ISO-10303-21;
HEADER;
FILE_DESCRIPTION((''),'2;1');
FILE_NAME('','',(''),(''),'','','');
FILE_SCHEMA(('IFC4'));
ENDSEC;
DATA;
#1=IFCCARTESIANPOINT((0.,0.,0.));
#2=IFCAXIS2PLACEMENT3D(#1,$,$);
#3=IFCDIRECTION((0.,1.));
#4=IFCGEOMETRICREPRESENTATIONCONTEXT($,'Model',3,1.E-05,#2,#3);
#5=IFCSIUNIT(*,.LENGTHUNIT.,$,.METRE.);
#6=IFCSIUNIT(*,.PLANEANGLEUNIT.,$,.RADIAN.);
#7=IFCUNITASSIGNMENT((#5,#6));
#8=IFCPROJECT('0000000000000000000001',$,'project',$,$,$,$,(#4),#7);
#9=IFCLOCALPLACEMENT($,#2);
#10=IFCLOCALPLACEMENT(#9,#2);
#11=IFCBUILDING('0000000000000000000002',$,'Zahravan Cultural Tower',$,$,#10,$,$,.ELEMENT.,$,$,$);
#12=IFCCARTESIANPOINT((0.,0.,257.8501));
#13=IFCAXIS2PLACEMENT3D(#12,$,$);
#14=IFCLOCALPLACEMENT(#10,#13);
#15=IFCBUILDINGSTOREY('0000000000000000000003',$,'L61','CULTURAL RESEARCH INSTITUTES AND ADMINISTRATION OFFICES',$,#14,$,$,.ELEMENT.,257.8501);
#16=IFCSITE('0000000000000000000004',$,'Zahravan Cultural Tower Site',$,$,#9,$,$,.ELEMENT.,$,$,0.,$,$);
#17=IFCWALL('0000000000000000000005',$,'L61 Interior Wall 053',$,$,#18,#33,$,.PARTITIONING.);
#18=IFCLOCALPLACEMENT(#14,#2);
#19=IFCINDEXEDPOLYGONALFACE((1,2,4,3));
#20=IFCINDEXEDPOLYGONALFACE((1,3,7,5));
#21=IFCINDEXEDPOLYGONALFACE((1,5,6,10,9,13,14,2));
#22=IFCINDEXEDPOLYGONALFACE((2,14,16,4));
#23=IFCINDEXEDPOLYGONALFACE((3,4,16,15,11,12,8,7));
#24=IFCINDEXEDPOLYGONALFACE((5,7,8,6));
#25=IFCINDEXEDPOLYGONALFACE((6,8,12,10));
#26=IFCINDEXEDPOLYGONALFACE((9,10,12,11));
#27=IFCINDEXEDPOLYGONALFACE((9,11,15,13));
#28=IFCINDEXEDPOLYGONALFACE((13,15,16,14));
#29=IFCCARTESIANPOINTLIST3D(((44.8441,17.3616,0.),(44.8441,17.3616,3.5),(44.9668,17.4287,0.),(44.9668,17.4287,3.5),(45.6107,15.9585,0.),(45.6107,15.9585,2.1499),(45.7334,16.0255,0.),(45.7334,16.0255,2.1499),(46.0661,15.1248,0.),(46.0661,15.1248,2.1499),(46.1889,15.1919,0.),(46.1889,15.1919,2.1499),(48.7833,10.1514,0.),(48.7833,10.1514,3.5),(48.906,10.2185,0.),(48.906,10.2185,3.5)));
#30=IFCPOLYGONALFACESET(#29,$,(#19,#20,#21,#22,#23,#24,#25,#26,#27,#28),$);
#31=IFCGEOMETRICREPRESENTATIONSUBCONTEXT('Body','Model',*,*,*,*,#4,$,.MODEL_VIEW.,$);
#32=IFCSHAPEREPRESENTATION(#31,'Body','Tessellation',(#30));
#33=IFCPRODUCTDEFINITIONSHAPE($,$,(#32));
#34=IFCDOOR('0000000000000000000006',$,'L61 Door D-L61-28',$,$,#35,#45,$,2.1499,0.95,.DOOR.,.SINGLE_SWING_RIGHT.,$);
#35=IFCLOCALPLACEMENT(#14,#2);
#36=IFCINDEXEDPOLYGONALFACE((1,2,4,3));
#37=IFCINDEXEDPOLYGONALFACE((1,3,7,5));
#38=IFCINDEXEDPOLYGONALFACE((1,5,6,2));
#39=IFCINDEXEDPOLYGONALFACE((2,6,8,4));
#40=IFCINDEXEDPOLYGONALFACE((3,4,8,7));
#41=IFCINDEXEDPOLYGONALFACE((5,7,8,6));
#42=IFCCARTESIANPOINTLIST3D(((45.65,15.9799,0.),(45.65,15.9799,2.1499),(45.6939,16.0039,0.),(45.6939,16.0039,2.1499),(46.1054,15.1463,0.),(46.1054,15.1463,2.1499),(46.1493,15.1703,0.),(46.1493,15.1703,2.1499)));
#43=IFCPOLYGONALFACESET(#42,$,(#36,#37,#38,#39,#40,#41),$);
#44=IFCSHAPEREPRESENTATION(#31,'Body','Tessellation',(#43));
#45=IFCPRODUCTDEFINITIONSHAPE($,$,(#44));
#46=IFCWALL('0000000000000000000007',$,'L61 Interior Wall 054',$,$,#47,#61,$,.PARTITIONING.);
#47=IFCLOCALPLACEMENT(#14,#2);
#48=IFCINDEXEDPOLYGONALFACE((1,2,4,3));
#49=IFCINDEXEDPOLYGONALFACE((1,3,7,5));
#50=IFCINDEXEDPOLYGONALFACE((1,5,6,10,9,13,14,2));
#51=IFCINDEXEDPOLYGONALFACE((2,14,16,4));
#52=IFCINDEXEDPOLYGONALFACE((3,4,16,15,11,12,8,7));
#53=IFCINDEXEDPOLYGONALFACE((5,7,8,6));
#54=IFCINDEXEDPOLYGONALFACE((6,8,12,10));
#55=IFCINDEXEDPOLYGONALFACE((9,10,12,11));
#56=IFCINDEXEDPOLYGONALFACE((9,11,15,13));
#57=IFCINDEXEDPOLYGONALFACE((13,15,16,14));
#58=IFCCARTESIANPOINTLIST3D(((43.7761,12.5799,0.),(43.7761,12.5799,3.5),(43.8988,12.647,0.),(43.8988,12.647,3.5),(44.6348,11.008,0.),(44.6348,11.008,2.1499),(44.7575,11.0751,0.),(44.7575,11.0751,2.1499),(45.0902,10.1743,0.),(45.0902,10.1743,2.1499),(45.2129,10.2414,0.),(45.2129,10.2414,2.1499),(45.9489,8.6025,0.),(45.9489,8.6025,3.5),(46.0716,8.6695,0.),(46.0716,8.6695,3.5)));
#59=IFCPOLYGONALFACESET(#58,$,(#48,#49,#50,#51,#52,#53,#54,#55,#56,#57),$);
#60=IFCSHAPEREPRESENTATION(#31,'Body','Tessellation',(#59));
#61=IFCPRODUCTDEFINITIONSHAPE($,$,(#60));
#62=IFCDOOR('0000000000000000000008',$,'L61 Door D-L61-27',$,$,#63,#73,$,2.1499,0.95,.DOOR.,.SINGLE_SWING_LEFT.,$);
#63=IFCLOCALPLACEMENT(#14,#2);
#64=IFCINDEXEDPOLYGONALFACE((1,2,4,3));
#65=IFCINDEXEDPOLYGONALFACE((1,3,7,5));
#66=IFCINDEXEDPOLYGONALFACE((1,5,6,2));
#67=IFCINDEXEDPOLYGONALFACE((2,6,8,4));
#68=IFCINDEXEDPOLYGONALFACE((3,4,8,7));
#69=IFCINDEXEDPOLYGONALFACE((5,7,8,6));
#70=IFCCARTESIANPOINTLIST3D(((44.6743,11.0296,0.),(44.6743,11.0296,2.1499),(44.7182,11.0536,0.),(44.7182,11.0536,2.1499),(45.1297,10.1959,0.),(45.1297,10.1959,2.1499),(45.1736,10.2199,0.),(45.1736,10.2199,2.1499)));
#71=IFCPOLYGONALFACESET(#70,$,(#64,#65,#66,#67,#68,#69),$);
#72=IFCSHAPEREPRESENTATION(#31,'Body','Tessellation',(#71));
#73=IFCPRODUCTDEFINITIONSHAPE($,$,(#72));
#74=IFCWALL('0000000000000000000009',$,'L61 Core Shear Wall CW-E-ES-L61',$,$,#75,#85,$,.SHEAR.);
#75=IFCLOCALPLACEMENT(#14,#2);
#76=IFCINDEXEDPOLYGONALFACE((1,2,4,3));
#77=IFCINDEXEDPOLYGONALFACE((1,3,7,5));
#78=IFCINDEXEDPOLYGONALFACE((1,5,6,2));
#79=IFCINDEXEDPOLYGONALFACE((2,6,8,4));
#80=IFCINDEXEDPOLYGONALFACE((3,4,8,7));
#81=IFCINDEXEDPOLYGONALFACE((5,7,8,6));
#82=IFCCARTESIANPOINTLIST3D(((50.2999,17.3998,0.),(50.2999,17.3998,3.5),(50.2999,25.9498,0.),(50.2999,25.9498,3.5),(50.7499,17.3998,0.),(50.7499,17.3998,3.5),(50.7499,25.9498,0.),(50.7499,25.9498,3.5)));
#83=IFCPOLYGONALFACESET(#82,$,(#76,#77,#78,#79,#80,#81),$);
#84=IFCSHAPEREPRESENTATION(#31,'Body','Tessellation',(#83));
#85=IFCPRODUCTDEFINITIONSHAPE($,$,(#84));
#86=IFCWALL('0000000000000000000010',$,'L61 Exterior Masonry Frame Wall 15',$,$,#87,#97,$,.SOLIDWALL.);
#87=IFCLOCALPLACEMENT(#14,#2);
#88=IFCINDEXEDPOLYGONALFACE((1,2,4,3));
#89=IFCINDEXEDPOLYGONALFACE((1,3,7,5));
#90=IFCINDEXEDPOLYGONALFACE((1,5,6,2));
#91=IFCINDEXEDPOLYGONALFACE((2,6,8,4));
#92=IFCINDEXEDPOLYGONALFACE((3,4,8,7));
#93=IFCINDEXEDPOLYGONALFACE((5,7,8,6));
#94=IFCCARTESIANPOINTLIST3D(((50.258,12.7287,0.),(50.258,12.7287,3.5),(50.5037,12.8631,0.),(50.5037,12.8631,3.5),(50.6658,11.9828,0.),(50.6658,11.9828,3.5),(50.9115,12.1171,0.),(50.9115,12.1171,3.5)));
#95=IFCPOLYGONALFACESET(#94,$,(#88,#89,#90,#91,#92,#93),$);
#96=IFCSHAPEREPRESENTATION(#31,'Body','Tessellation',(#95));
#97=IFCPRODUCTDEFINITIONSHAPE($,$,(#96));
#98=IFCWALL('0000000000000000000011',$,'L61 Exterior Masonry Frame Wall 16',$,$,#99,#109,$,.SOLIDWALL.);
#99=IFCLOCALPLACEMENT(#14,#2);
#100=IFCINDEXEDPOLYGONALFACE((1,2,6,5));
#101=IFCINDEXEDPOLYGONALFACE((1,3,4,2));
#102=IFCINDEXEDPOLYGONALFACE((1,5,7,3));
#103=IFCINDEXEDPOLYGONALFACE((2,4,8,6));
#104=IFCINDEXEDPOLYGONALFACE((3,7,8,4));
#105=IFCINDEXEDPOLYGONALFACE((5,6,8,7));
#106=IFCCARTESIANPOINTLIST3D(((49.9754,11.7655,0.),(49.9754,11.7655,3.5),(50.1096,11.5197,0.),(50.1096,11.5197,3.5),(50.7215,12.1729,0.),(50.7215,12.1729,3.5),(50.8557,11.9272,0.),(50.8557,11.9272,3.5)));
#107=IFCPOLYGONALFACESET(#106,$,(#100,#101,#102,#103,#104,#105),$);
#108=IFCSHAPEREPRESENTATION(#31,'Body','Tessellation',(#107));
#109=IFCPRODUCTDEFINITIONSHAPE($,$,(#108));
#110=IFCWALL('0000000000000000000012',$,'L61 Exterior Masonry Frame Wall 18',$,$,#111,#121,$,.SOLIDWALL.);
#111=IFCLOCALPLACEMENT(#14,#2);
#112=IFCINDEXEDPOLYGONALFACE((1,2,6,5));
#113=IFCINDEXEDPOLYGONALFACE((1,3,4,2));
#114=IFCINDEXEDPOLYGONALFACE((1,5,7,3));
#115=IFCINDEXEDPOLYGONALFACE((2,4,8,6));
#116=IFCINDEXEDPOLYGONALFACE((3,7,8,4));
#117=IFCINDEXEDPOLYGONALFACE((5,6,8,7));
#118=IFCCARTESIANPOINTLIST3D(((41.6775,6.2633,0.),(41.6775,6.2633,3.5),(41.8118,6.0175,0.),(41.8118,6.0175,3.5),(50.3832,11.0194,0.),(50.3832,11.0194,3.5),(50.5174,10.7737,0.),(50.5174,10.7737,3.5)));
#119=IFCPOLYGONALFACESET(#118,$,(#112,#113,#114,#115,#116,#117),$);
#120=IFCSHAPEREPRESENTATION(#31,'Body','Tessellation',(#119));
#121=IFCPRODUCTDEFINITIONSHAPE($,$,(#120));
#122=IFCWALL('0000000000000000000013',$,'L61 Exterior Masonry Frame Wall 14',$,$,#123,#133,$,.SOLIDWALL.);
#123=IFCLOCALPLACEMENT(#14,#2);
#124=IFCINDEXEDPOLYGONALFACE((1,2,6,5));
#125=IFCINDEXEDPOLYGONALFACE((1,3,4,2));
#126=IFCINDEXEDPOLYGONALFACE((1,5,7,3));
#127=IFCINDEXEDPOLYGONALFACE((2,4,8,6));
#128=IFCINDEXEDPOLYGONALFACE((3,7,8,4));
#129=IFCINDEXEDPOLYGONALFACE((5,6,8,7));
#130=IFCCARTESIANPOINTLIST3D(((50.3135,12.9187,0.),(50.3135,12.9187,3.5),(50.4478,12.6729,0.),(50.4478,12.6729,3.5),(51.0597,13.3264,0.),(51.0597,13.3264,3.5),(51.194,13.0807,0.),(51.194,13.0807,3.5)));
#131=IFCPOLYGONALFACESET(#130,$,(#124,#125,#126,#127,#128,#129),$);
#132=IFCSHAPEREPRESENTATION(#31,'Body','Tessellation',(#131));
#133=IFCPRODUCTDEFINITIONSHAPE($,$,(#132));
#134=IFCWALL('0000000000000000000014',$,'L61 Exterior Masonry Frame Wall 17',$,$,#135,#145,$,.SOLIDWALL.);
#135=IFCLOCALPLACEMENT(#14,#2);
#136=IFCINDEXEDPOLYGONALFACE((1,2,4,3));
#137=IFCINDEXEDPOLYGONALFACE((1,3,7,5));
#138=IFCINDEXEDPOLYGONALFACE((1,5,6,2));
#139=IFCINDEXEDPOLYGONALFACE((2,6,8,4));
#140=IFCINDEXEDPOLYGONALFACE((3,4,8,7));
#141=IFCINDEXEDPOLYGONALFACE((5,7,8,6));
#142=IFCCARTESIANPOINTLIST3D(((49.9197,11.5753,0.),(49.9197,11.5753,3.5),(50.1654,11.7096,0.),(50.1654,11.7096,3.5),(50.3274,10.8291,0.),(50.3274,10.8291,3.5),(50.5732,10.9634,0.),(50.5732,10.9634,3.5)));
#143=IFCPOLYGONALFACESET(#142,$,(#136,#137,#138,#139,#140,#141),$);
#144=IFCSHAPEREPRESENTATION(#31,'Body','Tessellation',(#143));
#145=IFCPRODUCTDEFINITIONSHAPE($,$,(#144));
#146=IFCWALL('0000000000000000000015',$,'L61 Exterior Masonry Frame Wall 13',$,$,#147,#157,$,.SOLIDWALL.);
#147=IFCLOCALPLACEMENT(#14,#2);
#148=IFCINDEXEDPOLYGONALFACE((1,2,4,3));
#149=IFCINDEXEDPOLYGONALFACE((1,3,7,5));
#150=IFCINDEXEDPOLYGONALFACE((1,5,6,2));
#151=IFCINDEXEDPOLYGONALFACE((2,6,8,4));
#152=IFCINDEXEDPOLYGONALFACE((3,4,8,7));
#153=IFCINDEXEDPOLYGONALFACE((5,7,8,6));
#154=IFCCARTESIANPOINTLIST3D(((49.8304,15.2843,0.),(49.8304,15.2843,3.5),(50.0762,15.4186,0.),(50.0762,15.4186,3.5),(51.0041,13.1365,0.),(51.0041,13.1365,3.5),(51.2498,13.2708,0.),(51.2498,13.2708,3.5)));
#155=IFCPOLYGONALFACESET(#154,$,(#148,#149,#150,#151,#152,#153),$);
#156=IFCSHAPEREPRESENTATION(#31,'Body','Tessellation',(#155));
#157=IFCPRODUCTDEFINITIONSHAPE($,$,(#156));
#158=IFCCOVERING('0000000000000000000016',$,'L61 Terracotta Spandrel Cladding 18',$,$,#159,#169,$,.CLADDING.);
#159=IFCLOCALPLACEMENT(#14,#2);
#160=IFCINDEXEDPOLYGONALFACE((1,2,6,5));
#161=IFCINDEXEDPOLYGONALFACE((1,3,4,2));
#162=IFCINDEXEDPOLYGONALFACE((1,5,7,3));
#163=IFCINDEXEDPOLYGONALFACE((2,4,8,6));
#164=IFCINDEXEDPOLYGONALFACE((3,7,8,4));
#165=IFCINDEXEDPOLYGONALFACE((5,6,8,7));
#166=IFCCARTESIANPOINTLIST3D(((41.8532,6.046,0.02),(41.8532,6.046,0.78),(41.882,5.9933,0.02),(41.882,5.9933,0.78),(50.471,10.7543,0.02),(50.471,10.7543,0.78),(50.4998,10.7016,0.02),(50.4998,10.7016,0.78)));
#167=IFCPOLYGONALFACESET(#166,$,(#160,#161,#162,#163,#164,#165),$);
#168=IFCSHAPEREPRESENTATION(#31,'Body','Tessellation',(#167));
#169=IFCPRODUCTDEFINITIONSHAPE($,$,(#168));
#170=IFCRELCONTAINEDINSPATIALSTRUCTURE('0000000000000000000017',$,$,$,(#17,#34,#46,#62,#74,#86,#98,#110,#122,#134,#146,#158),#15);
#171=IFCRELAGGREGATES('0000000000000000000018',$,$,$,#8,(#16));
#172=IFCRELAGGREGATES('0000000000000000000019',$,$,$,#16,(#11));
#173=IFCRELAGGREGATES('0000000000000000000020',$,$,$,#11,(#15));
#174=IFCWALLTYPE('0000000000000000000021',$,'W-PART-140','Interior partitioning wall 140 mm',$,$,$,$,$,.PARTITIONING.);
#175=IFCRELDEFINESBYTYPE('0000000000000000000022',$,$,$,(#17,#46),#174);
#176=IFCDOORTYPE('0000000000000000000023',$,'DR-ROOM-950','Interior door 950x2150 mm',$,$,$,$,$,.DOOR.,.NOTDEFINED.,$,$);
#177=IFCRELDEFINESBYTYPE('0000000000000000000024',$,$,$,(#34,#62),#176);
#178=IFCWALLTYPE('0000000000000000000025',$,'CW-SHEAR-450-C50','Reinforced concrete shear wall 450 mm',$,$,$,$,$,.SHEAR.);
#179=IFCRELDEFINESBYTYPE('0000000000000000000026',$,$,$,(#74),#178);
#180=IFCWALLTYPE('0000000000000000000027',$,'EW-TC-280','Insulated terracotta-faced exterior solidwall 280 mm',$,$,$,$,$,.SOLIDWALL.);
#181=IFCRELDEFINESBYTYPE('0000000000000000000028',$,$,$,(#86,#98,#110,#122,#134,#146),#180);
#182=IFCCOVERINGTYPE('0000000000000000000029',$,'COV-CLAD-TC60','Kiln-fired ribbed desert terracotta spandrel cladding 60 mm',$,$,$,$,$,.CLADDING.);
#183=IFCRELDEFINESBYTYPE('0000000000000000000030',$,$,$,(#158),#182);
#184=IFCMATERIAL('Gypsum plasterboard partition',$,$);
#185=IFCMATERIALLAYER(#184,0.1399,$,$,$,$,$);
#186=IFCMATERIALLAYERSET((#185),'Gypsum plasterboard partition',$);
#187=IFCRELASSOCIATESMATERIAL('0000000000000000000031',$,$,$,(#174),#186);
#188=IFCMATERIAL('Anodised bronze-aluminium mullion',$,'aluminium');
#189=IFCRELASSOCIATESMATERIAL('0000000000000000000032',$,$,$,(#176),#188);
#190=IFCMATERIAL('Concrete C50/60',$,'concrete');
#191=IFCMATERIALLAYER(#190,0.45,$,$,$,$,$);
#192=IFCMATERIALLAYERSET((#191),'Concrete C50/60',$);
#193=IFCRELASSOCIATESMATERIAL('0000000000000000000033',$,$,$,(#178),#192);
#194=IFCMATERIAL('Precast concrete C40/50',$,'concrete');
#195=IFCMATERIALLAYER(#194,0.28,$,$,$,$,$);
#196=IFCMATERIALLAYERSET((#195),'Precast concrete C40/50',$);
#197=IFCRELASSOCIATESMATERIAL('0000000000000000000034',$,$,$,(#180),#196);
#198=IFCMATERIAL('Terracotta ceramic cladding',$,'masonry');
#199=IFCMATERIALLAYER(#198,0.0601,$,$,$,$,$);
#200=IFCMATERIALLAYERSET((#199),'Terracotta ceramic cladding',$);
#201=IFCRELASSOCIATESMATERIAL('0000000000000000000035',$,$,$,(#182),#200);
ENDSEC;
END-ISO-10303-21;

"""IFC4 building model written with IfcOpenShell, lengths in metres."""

from ifc_helpers import new_model, si_unit, direction, frame, frame_2d, origin, origin_2d, place, context, subcontext, project, spatial, rectangle, extrude, source, transform, mapped, material, layer, layer_set, type_object, element, fill, save


model = new_model("IFC4")

# Units and contexts
model_context = context("Model", 3, precision=1e-05, world=origin(), true_north=direction((0.0, 1.0)))
body_context = subcontext(model_context, "Body", "Model", "MODEL_VIEW")
ifc_project = project(units=[si_unit("LENGTHUNIT", "METRE"), si_unit("PLANEANGLEUNIT", "RADIAN")], contexts=[model_context])

# Site, building, storey
site_placement = place(None, origin())
site = spatial("IfcSite", under=ifc_project, at=site_placement, Name="Zahravan Cultural Tower Site", CompositionType="ELEMENT", RefElevation=0.0)
building_placement = place(site_placement, origin())
building = spatial("IfcBuilding", under=site, at=building_placement, Name="Zahravan Cultural Tower", CompositionType="ELEMENT")
storey_placement = place(building_placement, frame((0.0, 0.0, 257.8501)))
storey = spatial("IfcBuildingStorey", under=building, at=storey_placement, Name="L61", Description="CULTURAL RESEARCH INSTITUTES AND ADMINISTRATION OFFICES", CompositionType="ELEMENT", Elevation=257.8501)

# Walls, openings, doors
ifc_material_1 = material(Name="Gypsum plasterboard partition")
ifc_layer_1 = layer(ifc_material_1, 0.1399)
ifc_layer_set_1 = layer_set([ifc_layer_1], Name="Gypsum plasterboard partition")
wall_type_1 = type_object("IfcWallType", Name="W-PART-140", Description="Interior partitioning wall 140 mm", PredefinedType="PARTITIONING", material=ifc_layer_set_1)
wall_1_placement = place(storey_placement, frame((44.9055, 17.395, 0.0), z_axis=(0.0, 0.0, 1.0), x_axis=(0.47945, -0.877569, 0.0)))
wall_1 = element("IfcWall", 1, at=wall_1_placement, inside=storey, type_object=wall_type_1, Name="L61 Interior Wall 053", PredefinedType="PARTITIONING", context=body_context, shape_type="SweptSolid", body=[
    extrude(rectangle(XDim=8.2161, YDim=0.1399, at=frame_2d((4.1079, 0.0))), origin(), (0.0, 0.0, 1.0), 3.5),
])
opening_1_placement = place(wall_1_placement, frame((1.5986, 0.0, 0.0)))
opening_1 = element("IfcOpeningElement", 2, at=opening_1_placement, cuts=wall_1, PredefinedType="OPENING", context=body_context, shape_type="SweptSolid", body=[
    extrude(rectangle(XDim=0.95, YDim=2.1499, at=frame_2d((0.4751, 1.075))), frame((0.0, 0.0798, 0.0), z_axis=(0.0, -1.0, 0.0), x_axis=(1.0, 0.0, 0.0)), (0.0, 0.0, 1.0), 0.1599),
])
ifc_material_2 = material(Name="Anodised bronze-aluminium mullion", Category="aluminium")
door_type = type_object("IfcDoorType", Name="DR-ROOM-950", Description="Interior door 950x2150 mm", OperationType="NOTDEFINED", PredefinedType="DOOR", material=ifc_material_2)
shared_shape_1 = source(origin(), body_context, "Body", "SweptSolid", [
    extrude(rectangle(XDim=0.95, YDim=2.1499, at=frame_2d((0.4751, 1.075))), frame((0.0, 0.0249, 0.0), z_axis=(0.0, -1.0, 0.0), x_axis=(1.0, 0.0, 0.0)), (0.0, 0.0, 1.0), 0.05),
])
door_1_placement = place(opening_1_placement, origin())
door_1 = element("IfcDoor", 3, at=door_1_placement, inside=storey, type_object=door_type, Name="L61 Door D-L61-28", OperationType="SINGLE_SWING_RIGHT", OverallHeight=2.1499, OverallWidth=0.95, PredefinedType="DOOR", context=body_context, shape_type="MappedRepresentation", body=[
    mapped(shared_shape_1, transform((0.0, 0.0, 0.0), x_axis=(1.0, 0.0, 0.0), y_axis=(0.0, 1.0, 0.0), z_axis=(0.0, 0.0, 1.0), scale=1.0)),
])
fill(opening_1, door_1)
wall_2_placement = place(storey_placement, frame((46.0103, 8.636, 0.0), z_axis=(0.0, 0.0, 1.0), x_axis=(-0.479411, 0.877591, 0.0)))
wall_2 = element("IfcWall", 4, at=wall_2_placement, inside=storey, type_object=wall_type_1, Name="L61 Interior Wall 054", PredefinedType="PARTITIONING", context=body_context, shape_type="SweptSolid", body=[
    extrude(rectangle(XDim=4.5322, YDim=0.1399, at=frame_2d((2.2661, 0.0))), origin(), (0.0, 0.0, 1.0), 3.5),
])
opening_2_placement = place(wall_2_placement, frame((1.791, 0.0, 0.0)))
opening_2 = element("IfcOpeningElement", 5, at=opening_2_placement, cuts=wall_2, PredefinedType="OPENING", context=body_context, shape_type="SweptSolid", body=[
    extrude(rectangle(XDim=0.95, YDim=2.1499, at=frame_2d((0.4751, 1.075))), frame((0.0, 0.0798, 0.0), z_axis=(0.0, -1.0, 0.0), x_axis=(1.0, 0.0, 0.0)), (0.0, 0.0, 1.0), 0.1599),
])
door_2_placement = place(opening_2_placement, origin())
door_2 = element("IfcDoor", 6, at=door_2_placement, inside=storey, type_object=door_type, Name="L61 Door D-L61-27", OperationType="SINGLE_SWING_LEFT", OverallHeight=2.1499, OverallWidth=0.95, PredefinedType="DOOR", context=body_context, shape_type="MappedRepresentation", body=[
    mapped(shared_shape_1, transform((0.0, 0.0, 0.0), x_axis=(1.0, 0.0, 0.0), y_axis=(0.0, 1.0, 0.0), z_axis=(0.0, 0.0, 1.0), scale=1.0)),
])
fill(opening_2, door_2)

# Walls
ifc_material_3 = material(Name="Concrete C50/60", Category="concrete")
ifc_layer_2 = layer(ifc_material_3, 0.45)
ifc_layer_set_2 = layer_set([ifc_layer_2], Name="Concrete C50/60")
wall_type_2 = type_object("IfcWallType", Name="CW-SHEAR-450-C50", Description="Reinforced concrete shear wall 450 mm", PredefinedType="SHEAR", material=ifc_layer_set_2)
shared_shape_2 = source(origin(), body_context, "Body", "SweptSolid", [
    extrude(rectangle(XDim=8.55, YDim=0.45, at=frame_2d((4.2749, 0.0))), origin(), (0.0, 0.0, 1.0), 3.5),
])
wall_3_placement = place(storey_placement, frame((50.5249, 17.3999, 0.0), z_axis=(0.0, 0.0, 1.0), x_axis=(0.0, 1.0, 0.0)))
element("IfcWall", 7, at=wall_3_placement, inside=storey, type_object=wall_type_2, Name="L61 Core Shear Wall CW-E-ES-L61", PredefinedType="SHEAR", context=body_context, shape_type="MappedRepresentation", body=[
    mapped(shared_shape_2, transform((0.0, 0.0, 0.0), x_axis=(1.0, 0.0, 0.0), y_axis=(0.0, 1.0, 0.0), z_axis=(0.0, 0.0, 1.0), scale=1.0)),
])
ifc_material_4 = material(Name="Precast concrete C40/50", Category="concrete")
ifc_layer_3 = layer(ifc_material_4, 0.28)
ifc_layer_set_3 = layer_set([ifc_layer_3], Name="Precast concrete C40/50")
wall_type_3 = type_object("IfcWallType", Name="EW-TC-280", Description="Insulated terracotta-faced exterior solidwall 280 mm", PredefinedType="SOLIDWALL", material=ifc_layer_set_3)
shared_shape_3 = source(origin(), body_context, "Body", "SweptSolid", [
    extrude(rectangle(XDim=0.8501, YDim=0.28, at=frame_2d((0.425, 0.0))), origin(), (0.0, 0.0, 1.0), 3.5),
])
for number, where, z_axis, x_axis, name in (
    (8, (50.3809, 12.7959, 0.0), (0.0, 0.0, 1.0), (0.479657, -0.877456, 0.0), "L61 Exterior Masonry Frame Wall 15"),
    (9, (50.7886, 12.05, 0.0), (0.0, 0.0, 1.0), (-0.877643, -0.479315, 0.0), "L61 Exterior Masonry Frame Wall 16"),
):
    element("IfcWall", number, at=place(storey_placement, frame(where, z_axis=z_axis, x_axis=x_axis)), inside=storey, type_object=wall_type_3, Name=name, PredefinedType="SOLIDWALL", context=body_context, shape_type="MappedRepresentation", body=[
        mapped(shared_shape_3, transform((0.0, 0.0, 0.0), x_axis=(1.0, 0.0, 0.0), y_axis=(0.0, 1.0, 0.0), z_axis=(0.0, 0.0, 1.0), scale=1.0)),
    ])
shared_shape_4 = source(origin(), body_context, "Body", "SweptSolid", [
    extrude(rectangle(XDim=9.9202, YDim=0.28, at=frame_2d((4.96, 0.0))), origin(), (0.0, 0.0, 1.0), 3.5),
])
wall_4_placement = place(storey_placement, frame((50.4502, 10.8965, 0.0), z_axis=(0.0, 0.0, 1.0), x_axis=(-0.877573, -0.479443, 0.0)))
element("IfcWall", 10, at=wall_4_placement, inside=storey, type_object=wall_type_3, Name="L61 Exterior Masonry Frame Wall 18", PredefinedType="SOLIDWALL", context=body_context, shape_type="MappedRepresentation", body=[
    mapped(shared_shape_4, transform((0.0, 0.0, 0.0), x_axis=(1.0, 0.0, 0.0), y_axis=(0.0, 1.0, 0.0), z_axis=(0.0, 0.0, 1.0), scale=1.0)),
])
shared_shape_5 = source(origin(), body_context, "Body", "SweptSolid", [
    extrude(rectangle(XDim=0.8503, YDim=0.28, at=frame_2d((0.4253, 0.0))), origin(), (0.0, 0.0, 1.0), 3.5),
])
for number, where, z_axis, x_axis, name in (
    (11, (51.127, 13.2036, 0.0), (0.0, 0.0, 1.0), (-0.877522, -0.479536, 0.0), "L61 Exterior Masonry Frame Wall 14"),
    (12, (50.0425, 11.6426, 0.0), (0.0, 0.0, 1.0), (0.479536, -0.877522, 0.0), "L61 Exterior Masonry Frame Wall 17"),
):
    element("IfcWall", number, at=place(storey_placement, frame(where, z_axis=z_axis, x_axis=x_axis)), inside=storey, type_object=wall_type_3, Name=name, PredefinedType="SOLIDWALL", context=body_context, shape_type="MappedRepresentation", body=[
        mapped(shared_shape_5, transform((0.0, 0.0, 0.0), x_axis=(1.0, 0.0, 0.0), y_axis=(0.0, 1.0, 0.0), z_axis=(0.0, 0.0, 1.0), scale=1.0)),
    ])
shared_shape_6 = source(origin(), body_context, "Body", "SweptSolid", [
    extrude(rectangle(XDim=2.4475, YDim=0.28, at=frame_2d((1.2236, 0.0))), origin(), (0.0, 0.0, 1.0), 3.5),
])
wall_5_placement = place(storey_placement, frame((49.9534, 15.3513, 0.0), z_axis=(0.0, 0.0, 1.0), x_axis=(0.479516, -0.877533, 0.0)))
element("IfcWall", 13, at=wall_5_placement, inside=storey, type_object=wall_type_3, Name="L61 Exterior Masonry Frame Wall 13", PredefinedType="SOLIDWALL", context=body_context, shape_type="MappedRepresentation", body=[
    mapped(shared_shape_6, transform((0.0, 0.0, 0.0), x_axis=(1.0, 0.0, 0.0), y_axis=(0.0, 1.0, 0.0), z_axis=(0.0, 0.0, 1.0), scale=1.0)),
])

# Covering
ifc_material_5 = material(Name="Terracotta ceramic cladding", Category="masonry")
ifc_layer_4 = layer(ifc_material_5, 0.0601)
ifc_layer_set_4 = layer_set([ifc_layer_4], Name="Terracotta ceramic cladding")
covering_type = type_object("IfcCoveringType", Name="COV-CLAD-TC60", Description="Kiln-fired ribbed desert terracotta spandrel cladding 60 mm", PredefinedType="CLADDING", material=ifc_layer_set_4)
shared_shape_7 = source(origin(), body_context, "Body", "SweptSolid", [
    extrude(rectangle(XDim=9.8201, YDim=0.0601, at=origin_2d()), origin(), (0.0, 0.0, 1.0), 0.76),
])
covering_1_placement = place(storey_placement, frame((46.1765, 8.3738, 0.02), z_axis=(0.0, 0.0, 1.0), x_axis=(-0.877565, -0.479458, 0.0)))
element("IfcCovering", 14, at=covering_1_placement, inside=storey, type_object=covering_type, Name="L61 Terracotta Spandrel Cladding 18", PredefinedType="CLADDING", context=body_context, shape_type="MappedRepresentation", body=[
    mapped(shared_shape_7, transform((0.0, 0.0, 0.0), x_axis=(1.0, 0.0, 0.0), y_axis=(0.0, 1.0, 0.0), z_axis=(0.0, 0.0, 1.0), scale=1.0)),
])

save(model, "model.ifc")
